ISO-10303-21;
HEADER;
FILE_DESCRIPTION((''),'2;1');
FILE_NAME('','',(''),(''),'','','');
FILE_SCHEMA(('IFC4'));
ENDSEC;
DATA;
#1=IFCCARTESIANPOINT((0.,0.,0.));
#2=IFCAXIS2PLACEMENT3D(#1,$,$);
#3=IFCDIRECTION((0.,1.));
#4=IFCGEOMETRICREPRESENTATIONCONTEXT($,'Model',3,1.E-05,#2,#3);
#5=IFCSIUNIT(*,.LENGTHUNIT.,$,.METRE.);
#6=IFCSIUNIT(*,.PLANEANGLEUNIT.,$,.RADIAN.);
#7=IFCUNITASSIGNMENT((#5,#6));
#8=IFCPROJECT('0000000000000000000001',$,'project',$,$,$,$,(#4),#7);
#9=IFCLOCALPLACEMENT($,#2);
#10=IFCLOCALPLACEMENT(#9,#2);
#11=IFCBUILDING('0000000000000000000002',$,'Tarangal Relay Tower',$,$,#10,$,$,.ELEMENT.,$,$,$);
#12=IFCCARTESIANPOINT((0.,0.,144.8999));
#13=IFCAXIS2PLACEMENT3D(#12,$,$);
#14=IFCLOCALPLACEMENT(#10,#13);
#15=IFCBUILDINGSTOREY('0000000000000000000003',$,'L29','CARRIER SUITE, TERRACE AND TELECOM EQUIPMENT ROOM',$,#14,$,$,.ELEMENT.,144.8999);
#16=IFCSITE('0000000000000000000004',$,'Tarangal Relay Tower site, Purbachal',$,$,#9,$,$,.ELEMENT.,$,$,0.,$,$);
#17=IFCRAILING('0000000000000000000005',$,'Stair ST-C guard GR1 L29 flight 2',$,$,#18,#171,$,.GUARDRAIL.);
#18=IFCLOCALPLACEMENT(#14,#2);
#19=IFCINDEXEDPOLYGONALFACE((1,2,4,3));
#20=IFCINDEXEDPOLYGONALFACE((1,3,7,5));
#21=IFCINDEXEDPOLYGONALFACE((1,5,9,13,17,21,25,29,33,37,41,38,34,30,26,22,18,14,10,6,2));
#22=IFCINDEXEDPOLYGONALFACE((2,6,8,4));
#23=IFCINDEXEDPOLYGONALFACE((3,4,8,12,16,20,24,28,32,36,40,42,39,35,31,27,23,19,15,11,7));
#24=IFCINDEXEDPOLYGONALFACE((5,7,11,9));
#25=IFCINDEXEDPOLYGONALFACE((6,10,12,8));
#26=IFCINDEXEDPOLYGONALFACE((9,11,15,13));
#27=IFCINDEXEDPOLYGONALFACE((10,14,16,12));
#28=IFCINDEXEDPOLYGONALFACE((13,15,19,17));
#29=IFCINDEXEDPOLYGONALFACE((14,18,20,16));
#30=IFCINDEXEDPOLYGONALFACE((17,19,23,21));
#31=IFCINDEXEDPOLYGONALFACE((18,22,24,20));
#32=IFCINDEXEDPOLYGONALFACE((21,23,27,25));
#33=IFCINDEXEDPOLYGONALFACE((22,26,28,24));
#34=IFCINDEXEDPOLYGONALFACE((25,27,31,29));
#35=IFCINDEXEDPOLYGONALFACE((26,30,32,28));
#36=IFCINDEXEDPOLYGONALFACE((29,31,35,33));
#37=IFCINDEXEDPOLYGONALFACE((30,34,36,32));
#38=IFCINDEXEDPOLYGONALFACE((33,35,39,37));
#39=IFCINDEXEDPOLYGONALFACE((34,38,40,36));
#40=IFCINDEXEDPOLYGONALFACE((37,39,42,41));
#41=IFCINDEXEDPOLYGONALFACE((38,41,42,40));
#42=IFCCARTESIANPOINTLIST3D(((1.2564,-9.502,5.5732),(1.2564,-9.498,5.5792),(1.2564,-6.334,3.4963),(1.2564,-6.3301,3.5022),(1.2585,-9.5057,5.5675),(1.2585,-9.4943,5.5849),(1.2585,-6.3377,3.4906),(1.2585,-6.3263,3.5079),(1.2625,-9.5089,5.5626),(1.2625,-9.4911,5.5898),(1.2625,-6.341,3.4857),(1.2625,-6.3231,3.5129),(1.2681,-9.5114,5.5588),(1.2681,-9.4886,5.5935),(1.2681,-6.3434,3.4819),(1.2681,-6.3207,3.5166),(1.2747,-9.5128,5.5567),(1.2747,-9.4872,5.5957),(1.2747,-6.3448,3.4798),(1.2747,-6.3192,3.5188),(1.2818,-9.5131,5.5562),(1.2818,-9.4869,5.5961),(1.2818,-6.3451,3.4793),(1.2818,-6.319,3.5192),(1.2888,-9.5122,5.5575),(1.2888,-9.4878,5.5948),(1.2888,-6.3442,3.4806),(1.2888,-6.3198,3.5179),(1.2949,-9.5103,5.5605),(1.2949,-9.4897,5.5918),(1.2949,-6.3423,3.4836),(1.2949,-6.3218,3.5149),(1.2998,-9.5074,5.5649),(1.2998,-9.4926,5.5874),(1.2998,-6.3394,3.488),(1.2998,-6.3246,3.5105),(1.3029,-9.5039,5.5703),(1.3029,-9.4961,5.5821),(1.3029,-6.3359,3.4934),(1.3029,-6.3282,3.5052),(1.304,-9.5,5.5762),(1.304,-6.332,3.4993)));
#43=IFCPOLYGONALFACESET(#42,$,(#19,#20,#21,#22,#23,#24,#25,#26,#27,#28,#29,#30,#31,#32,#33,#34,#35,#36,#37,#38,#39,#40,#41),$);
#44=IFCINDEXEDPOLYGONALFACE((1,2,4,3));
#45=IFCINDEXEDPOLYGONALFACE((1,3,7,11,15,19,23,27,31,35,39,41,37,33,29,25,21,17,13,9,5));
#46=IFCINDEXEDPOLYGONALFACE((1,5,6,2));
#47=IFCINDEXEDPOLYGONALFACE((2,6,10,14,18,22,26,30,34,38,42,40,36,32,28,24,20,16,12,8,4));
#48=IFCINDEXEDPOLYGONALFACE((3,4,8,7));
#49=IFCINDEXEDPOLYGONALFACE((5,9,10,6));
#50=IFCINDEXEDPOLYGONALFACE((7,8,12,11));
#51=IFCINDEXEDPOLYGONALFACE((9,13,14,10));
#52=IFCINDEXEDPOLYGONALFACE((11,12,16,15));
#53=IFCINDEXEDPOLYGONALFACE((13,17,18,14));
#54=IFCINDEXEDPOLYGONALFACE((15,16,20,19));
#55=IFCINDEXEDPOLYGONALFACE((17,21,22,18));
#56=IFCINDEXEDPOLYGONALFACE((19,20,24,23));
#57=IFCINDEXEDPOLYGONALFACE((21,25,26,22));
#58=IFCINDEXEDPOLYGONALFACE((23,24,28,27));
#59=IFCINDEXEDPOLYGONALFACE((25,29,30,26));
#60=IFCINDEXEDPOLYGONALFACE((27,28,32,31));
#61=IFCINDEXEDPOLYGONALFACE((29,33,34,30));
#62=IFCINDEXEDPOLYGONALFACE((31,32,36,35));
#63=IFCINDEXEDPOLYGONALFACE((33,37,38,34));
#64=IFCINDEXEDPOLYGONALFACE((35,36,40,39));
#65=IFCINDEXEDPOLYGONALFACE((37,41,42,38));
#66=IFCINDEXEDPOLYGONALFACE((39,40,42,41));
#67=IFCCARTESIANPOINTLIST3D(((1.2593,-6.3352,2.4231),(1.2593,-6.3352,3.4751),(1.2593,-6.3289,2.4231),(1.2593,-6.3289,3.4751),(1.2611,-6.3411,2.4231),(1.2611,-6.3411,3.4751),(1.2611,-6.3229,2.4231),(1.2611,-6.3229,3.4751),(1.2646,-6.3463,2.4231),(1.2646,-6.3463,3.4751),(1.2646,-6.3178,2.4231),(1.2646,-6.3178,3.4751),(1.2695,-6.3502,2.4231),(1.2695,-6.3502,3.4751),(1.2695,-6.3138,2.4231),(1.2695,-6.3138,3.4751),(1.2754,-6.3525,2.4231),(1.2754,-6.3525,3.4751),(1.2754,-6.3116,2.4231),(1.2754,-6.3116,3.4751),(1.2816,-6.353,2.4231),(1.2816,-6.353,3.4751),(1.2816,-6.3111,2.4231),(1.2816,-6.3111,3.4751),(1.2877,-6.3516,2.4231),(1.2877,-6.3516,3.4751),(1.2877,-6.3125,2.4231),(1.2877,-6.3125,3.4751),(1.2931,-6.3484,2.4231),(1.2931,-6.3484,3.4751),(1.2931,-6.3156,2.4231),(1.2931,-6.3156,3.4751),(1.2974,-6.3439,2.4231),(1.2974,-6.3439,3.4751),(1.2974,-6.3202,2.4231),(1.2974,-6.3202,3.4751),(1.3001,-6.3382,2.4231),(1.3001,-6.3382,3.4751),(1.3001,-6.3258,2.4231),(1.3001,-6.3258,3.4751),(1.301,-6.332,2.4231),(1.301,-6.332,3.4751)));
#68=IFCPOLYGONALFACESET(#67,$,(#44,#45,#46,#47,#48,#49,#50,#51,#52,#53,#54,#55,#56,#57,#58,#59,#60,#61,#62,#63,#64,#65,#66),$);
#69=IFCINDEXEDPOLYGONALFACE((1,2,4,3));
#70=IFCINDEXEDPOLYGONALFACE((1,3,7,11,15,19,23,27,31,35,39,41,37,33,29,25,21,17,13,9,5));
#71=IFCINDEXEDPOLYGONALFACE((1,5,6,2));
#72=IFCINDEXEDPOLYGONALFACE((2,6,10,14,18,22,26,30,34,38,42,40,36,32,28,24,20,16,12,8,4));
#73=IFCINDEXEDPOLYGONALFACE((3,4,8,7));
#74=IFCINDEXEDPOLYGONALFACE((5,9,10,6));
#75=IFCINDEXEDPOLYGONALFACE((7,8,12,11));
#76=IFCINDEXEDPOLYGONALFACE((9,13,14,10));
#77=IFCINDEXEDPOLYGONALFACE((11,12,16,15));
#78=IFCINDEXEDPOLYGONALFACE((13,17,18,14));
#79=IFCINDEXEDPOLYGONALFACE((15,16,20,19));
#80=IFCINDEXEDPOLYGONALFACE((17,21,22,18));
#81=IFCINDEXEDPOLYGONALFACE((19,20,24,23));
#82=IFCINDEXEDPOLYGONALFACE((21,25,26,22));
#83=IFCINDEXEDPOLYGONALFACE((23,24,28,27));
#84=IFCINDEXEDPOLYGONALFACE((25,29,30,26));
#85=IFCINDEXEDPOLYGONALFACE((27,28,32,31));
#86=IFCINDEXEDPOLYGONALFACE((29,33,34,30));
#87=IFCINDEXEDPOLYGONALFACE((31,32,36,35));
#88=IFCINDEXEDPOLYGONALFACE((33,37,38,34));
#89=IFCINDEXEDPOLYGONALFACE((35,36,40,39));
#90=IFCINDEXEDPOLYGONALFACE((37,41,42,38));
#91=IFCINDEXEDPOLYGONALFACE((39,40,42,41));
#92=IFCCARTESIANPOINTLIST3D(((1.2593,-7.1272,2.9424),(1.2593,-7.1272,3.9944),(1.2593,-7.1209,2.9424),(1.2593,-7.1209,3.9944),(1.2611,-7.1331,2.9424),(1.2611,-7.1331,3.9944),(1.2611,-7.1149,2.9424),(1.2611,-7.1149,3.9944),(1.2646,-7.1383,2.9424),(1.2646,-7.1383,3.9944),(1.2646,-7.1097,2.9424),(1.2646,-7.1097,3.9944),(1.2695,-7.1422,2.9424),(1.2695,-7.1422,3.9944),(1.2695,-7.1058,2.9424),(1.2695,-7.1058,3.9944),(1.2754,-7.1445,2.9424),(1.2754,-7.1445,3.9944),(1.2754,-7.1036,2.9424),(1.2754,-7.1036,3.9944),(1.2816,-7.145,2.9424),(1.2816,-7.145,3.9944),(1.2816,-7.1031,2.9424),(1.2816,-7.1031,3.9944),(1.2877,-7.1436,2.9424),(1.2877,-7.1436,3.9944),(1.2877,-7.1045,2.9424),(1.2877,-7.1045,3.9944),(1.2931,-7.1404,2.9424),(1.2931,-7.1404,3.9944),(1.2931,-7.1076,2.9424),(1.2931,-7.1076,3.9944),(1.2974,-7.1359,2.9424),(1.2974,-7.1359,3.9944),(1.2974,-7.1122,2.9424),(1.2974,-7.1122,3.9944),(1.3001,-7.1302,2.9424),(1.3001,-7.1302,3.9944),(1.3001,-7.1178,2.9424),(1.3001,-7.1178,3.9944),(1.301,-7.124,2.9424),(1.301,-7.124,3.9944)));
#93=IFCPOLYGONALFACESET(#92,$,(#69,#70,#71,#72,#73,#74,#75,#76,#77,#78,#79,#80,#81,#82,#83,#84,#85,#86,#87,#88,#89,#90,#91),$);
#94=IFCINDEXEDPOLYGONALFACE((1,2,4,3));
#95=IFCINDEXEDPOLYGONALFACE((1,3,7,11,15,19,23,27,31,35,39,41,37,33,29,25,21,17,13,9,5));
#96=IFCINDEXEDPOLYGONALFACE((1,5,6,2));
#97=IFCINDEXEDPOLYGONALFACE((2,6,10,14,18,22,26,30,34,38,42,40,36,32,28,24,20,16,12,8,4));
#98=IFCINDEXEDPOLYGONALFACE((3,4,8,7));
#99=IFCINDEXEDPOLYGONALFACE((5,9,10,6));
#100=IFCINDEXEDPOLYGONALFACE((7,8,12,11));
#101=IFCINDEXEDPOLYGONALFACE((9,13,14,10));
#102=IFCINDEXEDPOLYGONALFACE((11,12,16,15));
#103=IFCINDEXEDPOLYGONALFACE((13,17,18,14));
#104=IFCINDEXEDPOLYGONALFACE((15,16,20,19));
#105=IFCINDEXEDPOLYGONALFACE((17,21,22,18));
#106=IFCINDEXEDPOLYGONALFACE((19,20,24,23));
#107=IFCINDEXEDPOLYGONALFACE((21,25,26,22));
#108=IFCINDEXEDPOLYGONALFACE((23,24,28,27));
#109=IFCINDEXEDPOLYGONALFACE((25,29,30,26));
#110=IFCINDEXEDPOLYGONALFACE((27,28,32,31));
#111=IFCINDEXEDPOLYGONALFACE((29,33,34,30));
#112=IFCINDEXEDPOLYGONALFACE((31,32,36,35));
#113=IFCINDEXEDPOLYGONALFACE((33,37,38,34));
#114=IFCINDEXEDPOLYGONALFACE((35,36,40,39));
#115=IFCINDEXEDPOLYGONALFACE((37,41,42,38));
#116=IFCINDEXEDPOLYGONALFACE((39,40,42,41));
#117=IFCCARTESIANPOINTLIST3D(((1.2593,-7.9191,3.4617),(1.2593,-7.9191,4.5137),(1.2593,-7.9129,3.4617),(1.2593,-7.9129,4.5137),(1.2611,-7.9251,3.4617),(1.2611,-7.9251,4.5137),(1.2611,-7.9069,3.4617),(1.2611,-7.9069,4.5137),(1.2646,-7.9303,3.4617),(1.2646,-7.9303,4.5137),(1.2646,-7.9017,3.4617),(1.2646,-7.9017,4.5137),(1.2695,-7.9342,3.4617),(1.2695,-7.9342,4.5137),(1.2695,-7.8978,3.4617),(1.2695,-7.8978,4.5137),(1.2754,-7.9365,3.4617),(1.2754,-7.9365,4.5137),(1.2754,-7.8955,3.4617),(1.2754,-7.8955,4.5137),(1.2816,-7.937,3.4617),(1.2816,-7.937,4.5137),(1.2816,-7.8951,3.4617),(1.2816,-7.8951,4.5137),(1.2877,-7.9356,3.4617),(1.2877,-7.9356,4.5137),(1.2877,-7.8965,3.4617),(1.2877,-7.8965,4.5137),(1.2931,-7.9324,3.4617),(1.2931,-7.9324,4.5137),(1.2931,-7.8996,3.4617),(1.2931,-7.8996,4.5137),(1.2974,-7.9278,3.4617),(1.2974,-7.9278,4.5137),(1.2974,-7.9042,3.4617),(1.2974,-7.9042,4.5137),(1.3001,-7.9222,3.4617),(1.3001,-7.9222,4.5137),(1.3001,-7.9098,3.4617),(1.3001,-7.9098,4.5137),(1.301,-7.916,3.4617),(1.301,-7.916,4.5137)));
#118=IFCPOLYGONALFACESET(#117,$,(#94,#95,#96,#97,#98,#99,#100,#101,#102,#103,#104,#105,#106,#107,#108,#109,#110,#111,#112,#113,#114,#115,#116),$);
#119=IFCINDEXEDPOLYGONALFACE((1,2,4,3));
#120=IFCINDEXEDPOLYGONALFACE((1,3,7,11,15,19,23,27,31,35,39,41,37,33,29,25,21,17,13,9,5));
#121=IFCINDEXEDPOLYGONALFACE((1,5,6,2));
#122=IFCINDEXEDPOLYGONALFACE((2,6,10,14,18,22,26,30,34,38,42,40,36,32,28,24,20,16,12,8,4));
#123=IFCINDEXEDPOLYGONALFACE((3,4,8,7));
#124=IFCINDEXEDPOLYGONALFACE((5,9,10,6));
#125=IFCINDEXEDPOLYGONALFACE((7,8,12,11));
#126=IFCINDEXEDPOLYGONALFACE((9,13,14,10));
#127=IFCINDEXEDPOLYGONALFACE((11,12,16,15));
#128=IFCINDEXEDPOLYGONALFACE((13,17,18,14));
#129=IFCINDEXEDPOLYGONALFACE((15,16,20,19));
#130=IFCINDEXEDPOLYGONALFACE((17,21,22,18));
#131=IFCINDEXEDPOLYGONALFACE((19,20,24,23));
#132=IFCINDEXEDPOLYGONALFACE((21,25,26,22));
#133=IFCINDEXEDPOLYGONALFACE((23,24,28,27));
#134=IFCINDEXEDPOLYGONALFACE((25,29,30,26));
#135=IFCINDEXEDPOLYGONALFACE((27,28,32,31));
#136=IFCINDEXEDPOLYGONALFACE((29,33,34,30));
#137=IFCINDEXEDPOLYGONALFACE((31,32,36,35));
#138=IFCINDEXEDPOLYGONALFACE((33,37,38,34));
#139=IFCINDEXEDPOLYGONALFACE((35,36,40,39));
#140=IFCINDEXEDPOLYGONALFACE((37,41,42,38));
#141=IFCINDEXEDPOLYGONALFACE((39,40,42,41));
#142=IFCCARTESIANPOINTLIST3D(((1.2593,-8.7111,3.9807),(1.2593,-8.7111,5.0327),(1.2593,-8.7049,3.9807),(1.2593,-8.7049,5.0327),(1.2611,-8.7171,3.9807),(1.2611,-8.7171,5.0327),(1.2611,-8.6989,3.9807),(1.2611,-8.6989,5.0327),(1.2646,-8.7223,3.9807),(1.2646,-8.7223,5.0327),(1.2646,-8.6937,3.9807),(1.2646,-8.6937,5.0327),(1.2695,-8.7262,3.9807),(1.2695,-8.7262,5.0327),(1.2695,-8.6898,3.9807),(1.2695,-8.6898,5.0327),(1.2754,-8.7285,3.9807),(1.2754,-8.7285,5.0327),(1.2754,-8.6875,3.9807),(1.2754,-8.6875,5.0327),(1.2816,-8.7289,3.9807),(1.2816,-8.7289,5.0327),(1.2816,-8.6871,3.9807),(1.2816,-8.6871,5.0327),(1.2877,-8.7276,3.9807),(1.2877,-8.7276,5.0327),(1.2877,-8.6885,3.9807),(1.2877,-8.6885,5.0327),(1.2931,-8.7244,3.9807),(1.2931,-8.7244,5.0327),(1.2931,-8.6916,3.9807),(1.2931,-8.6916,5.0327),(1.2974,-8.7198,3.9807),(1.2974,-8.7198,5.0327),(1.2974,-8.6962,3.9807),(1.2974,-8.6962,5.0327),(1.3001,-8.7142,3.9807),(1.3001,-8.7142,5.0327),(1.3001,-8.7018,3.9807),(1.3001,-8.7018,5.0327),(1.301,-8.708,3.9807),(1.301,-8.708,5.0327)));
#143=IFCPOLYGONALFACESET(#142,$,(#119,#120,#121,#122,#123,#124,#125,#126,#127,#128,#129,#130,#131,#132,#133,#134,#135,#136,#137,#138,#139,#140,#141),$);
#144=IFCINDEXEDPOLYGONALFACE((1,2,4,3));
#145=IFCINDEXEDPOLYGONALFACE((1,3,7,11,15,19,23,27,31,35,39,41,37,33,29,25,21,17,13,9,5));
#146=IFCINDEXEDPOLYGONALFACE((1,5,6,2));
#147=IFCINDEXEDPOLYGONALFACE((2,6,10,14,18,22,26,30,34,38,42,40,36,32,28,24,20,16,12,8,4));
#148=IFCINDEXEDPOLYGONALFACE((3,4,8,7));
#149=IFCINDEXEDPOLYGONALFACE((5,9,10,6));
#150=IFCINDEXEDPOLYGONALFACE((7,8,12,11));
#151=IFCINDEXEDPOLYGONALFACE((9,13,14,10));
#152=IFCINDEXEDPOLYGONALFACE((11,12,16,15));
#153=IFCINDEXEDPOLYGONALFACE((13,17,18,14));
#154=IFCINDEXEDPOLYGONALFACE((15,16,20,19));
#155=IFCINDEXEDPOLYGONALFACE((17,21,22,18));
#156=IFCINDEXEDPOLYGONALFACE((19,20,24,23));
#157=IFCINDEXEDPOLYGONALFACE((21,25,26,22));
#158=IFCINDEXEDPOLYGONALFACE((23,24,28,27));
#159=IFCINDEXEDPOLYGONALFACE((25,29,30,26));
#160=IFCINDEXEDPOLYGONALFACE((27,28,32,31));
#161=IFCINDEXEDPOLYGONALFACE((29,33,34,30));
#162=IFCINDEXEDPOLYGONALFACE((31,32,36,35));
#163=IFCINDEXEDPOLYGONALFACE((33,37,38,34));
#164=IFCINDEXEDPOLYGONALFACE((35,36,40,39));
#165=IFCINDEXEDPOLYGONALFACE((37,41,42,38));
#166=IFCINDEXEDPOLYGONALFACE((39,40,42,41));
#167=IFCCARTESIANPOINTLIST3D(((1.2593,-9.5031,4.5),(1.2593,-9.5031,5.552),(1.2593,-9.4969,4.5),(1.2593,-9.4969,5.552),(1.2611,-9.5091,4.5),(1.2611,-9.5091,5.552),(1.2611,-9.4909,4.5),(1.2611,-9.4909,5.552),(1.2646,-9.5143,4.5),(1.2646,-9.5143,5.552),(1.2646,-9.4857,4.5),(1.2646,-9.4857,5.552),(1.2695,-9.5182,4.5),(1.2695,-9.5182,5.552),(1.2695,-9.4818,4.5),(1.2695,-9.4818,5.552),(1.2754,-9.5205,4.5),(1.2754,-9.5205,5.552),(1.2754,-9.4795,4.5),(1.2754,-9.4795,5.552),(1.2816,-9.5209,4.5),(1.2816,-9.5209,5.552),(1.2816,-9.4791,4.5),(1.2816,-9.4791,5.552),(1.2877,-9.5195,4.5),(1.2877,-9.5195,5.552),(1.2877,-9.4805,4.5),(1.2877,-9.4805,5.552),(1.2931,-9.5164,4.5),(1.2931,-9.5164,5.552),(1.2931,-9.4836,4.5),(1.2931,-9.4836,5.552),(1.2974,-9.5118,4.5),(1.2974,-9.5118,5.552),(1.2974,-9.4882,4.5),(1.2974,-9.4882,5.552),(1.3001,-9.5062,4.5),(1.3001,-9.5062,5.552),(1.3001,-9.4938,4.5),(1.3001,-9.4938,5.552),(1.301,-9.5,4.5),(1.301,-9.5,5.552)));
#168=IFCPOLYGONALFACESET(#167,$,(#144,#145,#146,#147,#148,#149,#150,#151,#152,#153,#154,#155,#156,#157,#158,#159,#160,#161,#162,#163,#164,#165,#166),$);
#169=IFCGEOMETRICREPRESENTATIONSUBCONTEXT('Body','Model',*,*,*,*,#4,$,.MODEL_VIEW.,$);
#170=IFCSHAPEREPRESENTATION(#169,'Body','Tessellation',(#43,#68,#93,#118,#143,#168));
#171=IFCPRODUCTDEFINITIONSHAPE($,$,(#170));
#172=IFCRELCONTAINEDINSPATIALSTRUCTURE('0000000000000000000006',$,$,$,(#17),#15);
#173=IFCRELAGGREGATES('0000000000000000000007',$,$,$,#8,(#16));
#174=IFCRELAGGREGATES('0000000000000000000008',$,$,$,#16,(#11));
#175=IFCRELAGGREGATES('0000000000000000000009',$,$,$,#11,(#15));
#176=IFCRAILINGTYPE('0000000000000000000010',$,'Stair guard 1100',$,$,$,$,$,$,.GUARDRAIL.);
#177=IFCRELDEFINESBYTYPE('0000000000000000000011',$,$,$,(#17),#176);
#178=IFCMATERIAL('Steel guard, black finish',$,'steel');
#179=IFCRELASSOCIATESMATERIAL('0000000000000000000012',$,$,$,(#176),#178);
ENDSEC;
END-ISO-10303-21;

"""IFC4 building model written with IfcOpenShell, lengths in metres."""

from ifc_helpers import new_model, si_unit, direction, frame, origin, origin_2d, place, context, subcontext, project, spatial, circle, extrude, material, type_object, element, save


model = new_model("IFC4")

# Units and contexts
model_context = context("Model", 3, precision=1e-05, world=origin(), true_north=direction((0.0, 1.0)))
body_context = subcontext(model_context, "Body", "Model", "MODEL_VIEW")
ifc_project = project(units=[si_unit("LENGTHUNIT", "METRE"), si_unit("PLANEANGLEUNIT", "RADIAN")], contexts=[model_context])

# Site, building, storey
site_placement = place(None, origin())
site = spatial("IfcSite", under=ifc_project, at=site_placement, Name="Tarangal Relay Tower site, Purbachal", CompositionType="ELEMENT", RefElevation=0.0)
building_placement = place(site_placement, origin())
building = spatial("IfcBuilding", under=site, at=building_placement, Name="Tarangal Relay Tower", CompositionType="ELEMENT")
storey_placement = place(building_placement, frame((0.0, 0.0, 144.8999)))
storey = spatial("IfcBuildingStorey", under=building, at=storey_placement, Name="L29", Description="CARRIER SUITE, TERRACE AND TELECOM EQUIPMENT ROOM", CompositionType="ELEMENT", Elevation=144.8999)

# Railing
ifc_material_1 = material(Name="Steel guard, black finish", Category="steel")
railing_type_1 = type_object("IfcRailingType", Name="Stair guard 1100", PredefinedType="GUARDRAIL", material=ifc_material_1)
railing_1_placement = place(storey_placement, frame((1.28, -6.332, 2.4231)))
element("IfcRailing", 1, at=railing_1_placement, inside=storey, type_object=railing_type_1, Name="Stair ST-C guard GR1 L29 flight 2", PredefinedType="GUARDRAIL", context=body_context, shape_type="SweptSolid", body=[
    extrude(circle(Radius=0.0239, at=origin_2d()), frame((0.0, 0.0, 1.0762), z_axis=(0.0, -0.836299, 0.548273), x_axis=(1.0, 0.0, 0.0)), (0.0, 0.0, 1.0), 3.7881),
    extrude(circle(Radius=0.021, at=origin_2d()), origin(), (0.0, 0.0, 1.0), 1.052),
    extrude(circle(Radius=0.021, at=origin_2d()), frame((0.0, -0.792, 0.5193)), (0.0, 0.0, 1.0), 1.052),
    extrude(circle(Radius=0.021, at=origin_2d()), frame((0.0, -1.584, 1.0386)), (0.0, 0.0, 1.0), 1.052),
    extrude(circle(Radius=0.021, at=origin_2d()), frame((0.0, -2.376, 1.5576)), (0.0, 0.0, 1.0), 1.052),
    extrude(circle(Radius=0.021, at=origin_2d()), frame((0.0, -3.168, 2.0769)), (0.0, 0.0, 1.0), 1.052),
])

save(model, "model.ifc")
